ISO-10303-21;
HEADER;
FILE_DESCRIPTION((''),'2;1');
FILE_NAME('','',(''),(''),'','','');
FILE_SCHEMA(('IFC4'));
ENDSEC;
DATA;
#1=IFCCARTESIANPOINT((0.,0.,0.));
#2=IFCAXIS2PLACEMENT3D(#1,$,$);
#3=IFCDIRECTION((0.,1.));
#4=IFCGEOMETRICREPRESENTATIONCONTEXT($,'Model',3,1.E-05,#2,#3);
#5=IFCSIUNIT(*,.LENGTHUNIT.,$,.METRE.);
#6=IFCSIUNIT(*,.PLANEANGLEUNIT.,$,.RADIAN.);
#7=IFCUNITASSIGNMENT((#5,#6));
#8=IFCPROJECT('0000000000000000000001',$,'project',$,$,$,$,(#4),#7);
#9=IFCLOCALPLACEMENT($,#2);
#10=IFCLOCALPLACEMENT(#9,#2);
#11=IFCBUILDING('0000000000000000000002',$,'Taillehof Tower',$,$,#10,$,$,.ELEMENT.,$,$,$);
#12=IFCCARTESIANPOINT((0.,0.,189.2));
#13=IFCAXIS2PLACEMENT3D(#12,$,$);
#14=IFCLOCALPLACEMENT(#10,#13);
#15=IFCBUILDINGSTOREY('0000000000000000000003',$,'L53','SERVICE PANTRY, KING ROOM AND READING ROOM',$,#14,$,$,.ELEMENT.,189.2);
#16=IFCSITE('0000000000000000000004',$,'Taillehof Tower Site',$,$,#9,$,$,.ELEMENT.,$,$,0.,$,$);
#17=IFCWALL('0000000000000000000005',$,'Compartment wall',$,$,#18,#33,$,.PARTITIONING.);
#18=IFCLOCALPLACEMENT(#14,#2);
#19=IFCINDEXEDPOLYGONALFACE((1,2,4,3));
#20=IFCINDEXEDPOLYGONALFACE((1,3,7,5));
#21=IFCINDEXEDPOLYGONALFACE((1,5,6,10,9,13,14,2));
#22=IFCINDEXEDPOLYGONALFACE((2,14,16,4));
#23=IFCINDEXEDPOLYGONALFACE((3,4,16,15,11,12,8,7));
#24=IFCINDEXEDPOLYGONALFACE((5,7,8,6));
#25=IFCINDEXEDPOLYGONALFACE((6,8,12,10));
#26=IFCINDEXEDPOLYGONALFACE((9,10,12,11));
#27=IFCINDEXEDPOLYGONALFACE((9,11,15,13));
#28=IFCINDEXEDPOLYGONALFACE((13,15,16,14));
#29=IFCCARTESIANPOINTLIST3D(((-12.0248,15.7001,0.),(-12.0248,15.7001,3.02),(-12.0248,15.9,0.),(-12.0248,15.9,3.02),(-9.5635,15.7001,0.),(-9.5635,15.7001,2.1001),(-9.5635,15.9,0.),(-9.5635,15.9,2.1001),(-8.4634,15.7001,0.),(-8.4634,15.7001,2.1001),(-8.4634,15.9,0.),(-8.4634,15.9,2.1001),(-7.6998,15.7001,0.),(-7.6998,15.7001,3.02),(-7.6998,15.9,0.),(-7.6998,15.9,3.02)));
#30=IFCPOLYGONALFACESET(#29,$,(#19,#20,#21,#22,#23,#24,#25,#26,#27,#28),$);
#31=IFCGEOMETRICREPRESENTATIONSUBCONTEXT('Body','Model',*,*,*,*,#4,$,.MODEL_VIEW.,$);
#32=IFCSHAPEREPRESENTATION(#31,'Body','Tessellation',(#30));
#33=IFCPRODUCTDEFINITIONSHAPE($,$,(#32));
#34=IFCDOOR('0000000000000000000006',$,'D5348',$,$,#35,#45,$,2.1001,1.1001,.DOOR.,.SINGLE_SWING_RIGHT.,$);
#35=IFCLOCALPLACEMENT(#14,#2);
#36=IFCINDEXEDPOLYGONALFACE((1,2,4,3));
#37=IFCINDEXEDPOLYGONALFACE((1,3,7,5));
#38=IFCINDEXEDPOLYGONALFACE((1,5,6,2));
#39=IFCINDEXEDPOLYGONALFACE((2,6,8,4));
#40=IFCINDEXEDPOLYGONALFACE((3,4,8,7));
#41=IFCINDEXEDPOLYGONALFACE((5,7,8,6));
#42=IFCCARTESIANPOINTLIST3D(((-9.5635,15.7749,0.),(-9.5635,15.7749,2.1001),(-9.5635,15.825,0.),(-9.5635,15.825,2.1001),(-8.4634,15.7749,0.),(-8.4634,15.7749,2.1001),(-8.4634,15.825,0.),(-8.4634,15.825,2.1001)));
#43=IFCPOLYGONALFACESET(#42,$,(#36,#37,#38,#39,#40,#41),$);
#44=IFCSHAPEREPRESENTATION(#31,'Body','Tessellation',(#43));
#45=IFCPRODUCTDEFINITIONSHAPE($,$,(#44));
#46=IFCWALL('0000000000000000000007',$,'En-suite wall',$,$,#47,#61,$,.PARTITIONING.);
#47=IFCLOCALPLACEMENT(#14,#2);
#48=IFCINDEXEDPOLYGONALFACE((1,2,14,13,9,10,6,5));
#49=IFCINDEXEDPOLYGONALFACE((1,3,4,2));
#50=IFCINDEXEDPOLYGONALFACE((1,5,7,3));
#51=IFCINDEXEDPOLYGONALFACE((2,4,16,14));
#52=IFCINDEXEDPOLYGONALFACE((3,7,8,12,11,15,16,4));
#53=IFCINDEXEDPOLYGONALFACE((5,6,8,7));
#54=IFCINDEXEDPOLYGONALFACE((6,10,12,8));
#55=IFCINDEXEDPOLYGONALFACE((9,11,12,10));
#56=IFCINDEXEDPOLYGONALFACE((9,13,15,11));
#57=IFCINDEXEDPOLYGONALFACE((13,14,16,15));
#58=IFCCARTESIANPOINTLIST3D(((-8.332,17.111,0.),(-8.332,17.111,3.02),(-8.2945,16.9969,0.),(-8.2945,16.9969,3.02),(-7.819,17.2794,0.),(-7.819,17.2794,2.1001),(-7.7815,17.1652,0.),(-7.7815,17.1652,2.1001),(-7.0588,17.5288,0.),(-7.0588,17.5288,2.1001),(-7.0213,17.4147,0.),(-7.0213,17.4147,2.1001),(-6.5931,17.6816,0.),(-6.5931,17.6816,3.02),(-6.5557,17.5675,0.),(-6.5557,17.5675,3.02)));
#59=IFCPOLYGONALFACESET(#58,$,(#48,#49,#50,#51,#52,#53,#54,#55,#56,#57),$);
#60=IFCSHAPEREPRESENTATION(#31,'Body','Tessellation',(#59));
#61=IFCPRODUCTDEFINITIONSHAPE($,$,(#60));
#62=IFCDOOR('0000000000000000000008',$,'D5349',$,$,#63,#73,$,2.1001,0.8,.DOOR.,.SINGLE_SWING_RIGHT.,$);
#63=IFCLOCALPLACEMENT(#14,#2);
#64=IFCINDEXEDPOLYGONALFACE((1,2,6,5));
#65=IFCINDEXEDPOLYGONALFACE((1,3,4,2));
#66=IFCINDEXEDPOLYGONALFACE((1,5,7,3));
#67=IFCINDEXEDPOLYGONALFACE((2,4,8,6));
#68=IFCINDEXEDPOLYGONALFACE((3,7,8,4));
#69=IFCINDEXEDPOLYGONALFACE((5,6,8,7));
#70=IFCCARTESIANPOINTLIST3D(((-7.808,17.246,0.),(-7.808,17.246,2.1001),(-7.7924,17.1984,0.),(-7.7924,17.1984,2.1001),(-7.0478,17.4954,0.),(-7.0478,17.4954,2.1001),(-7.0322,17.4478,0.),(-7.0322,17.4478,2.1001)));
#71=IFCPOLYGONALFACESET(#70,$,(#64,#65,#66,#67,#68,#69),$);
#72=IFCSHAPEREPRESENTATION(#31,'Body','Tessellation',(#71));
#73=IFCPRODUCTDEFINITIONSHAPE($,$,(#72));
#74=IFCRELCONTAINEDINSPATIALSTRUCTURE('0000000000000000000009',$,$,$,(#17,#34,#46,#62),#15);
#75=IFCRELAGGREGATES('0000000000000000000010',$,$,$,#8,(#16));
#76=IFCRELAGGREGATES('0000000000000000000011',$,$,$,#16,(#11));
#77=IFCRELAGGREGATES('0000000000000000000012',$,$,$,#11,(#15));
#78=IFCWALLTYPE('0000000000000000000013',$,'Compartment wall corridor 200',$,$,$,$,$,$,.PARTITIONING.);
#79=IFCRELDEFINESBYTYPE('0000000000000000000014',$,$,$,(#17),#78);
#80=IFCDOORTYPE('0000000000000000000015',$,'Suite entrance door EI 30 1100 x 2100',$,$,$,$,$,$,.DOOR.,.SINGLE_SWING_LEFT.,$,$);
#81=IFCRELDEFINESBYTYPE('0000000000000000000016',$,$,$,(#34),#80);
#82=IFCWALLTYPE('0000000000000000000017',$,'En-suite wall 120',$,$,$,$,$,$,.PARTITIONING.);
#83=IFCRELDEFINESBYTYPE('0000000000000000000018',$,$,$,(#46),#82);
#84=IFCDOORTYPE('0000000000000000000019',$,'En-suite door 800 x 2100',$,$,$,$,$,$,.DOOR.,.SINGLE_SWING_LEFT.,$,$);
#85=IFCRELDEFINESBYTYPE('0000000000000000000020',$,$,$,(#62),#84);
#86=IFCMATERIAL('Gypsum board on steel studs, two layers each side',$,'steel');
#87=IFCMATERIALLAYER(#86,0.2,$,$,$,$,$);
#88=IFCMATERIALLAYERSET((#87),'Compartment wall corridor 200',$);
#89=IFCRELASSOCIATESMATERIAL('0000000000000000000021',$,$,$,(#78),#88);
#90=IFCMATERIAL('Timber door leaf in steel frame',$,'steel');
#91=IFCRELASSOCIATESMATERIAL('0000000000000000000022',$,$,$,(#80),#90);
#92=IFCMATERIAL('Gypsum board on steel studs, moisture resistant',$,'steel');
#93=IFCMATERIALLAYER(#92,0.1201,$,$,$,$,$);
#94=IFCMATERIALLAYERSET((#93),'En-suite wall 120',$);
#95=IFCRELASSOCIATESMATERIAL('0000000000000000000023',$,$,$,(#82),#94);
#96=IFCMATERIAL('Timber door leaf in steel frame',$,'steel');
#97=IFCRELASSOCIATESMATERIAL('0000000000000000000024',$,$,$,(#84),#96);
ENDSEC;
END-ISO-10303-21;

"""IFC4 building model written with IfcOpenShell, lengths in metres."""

from ifc_helpers import new_model, si_unit, direction, frame, frame_2d, origin, place, context, subcontext, project, spatial, rectangle, extrude, material, layer, layer_set, type_object, element, fill, save


model = new_model("IFC4")

# Units and contexts
model_context = context("Model", 3, precision=1e-05, world=origin(), true_north=direction((0.0, 1.0)))
body_context = subcontext(model_context, "Body", "Model", "MODEL_VIEW")
ifc_project = project(units=[si_unit("LENGTHUNIT", "METRE"), si_unit("PLANEANGLEUNIT", "RADIAN")], contexts=[model_context])

# Site, building, storey
site_placement = place(None, origin())
site = spatial("IfcSite", under=ifc_project, at=site_placement, Name="Taillehof Tower Site", CompositionType="ELEMENT", RefElevation=0.0)
building_placement = place(site_placement, origin())
building = spatial("IfcBuilding", under=site, at=building_placement, Name="Taillehof Tower", CompositionType="ELEMENT")
storey_placement = place(building_placement, frame((0.0, 0.0, 189.2)))
storey = spatial("IfcBuildingStorey", under=building, at=storey_placement, Name="L53", Description="SERVICE PANTRY, KING ROOM AND READING ROOM", CompositionType="ELEMENT", Elevation=189.2)

# Shared definitions
ifc_material_1 = material(Name="Gypsum board on steel studs, two layers each side", Category="steel")
ifc_layer_1 = layer(ifc_material_1, 0.2)
ifc_layer_set_1 = layer_set([ifc_layer_1], Name="Compartment wall corridor 200")
wall_type_1 = type_object("IfcWallType", Name="Compartment wall corridor 200", PredefinedType="PARTITIONING", material=ifc_layer_set_1)

# Walls, openings, doors
wall_1_placement = place(storey_placement, frame((-12.0249, 15.8, 0.0), z_axis=(0.0, 0.0, 1.0), x_axis=(1.0, 0.0, 0.0)))
wall_1 = element("IfcWall", 1, at=wall_1_placement, inside=storey, type_object=wall_type_1, Name="Compartment wall", PredefinedType="PARTITIONING", context=body_context, shape_type="SweptSolid", body=[
    extrude(rectangle(XDim=4.325, YDim=0.2, at=frame_2d((2.1626, 0.0))), origin(), (0.0, 0.0, 1.0), 3.02),
])
opening_1_placement = place(wall_1_placement, frame((2.4614, 0.0, 0.0)))
opening_1 = element("IfcOpeningElement", 2, at=opening_1_placement, cuts=wall_1, PredefinedType="OPENING", context=body_context, shape_type="SweptSolid", body=[
    extrude(rectangle(XDim=1.1001, YDim=2.1001, at=frame_2d((0.55, 1.05))), frame((0.0, 0.1099, 0.0), z_axis=(0.0, -1.0, 0.0), x_axis=(1.0, 0.0, 0.0)), (0.0, 0.0, 1.0), 0.22),
])
ifc_material_2 = material(Name="Timber door leaf in steel frame", Category="steel")
door_type_1 = type_object("IfcDoorType", Name="Suite entrance door EI 30 1100 x 2100", OperationType="SINGLE_SWING_LEFT", PredefinedType="DOOR", material=ifc_material_2)
door_1_placement = place(opening_1_placement, origin())
door_1 = element("IfcDoor", 3, at=door_1_placement, inside=storey, type_object=door_type_1, Name="D5348", OperationType="SINGLE_SWING_RIGHT", OverallHeight=2.1001, OverallWidth=1.1001, PredefinedType="DOOR", context=body_context, shape_type="SweptSolid", body=[
    extrude(rectangle(XDim=1.1001, YDim=2.1001, at=frame_2d((0.55, 1.05))), frame((0.0, 0.0249, 0.0), z_axis=(0.0, -1.0, 0.0), x_axis=(1.0, 0.0, 0.0)), (0.0, 0.0, 1.0), 0.05),
])
fill(opening_1, door_1)
ifc_material_3 = material(Name="Gypsum board on steel studs, moisture resistant", Category="steel")
ifc_layer_2 = layer(ifc_material_3, 0.1201)
ifc_layer_set_2 = layer_set([ifc_layer_2], Name="En-suite wall 120")
wall_type_2 = type_object("IfcWallType", Name="En-suite wall 120", PredefinedType="PARTITIONING", material=ifc_layer_set_2)
wall_2_placement = place(storey_placement, frame((-8.3132, 17.054, 0.0), z_axis=(0.0, 0.0, 1.0), x_axis=(0.950154, 0.311782, 0.0)))
wall_2 = element("IfcWall", 4, at=wall_2_placement, inside=storey, type_object=wall_type_2, Name="En-suite wall", PredefinedType="PARTITIONING", context=body_context, shape_type="SweptSolid", body=[
    extrude(rectangle(XDim=1.8301, YDim=0.1201, at=frame_2d((0.915, 0.0))), origin(), (0.0, 0.0, 1.0), 3.02),
])
opening_2_placement = place(wall_2_placement, frame((0.54, 0.0, 0.0)))
opening_2 = element("IfcOpeningElement", 5, at=opening_2_placement, cuts=wall_2, PredefinedType="OPENING", context=body_context, shape_type="SweptSolid", body=[
    extrude(rectangle(XDim=0.8, YDim=2.1001, at=frame_2d((0.3999, 1.05))), frame((0.0, 0.0701, 0.0), z_axis=(0.0, -1.0, 0.0), x_axis=(1.0, 0.0, 0.0)), (0.0, 0.0, 1.0), 0.1401),
])
ifc_material_4 = material(Name="Timber door leaf in steel frame", Category="steel")
door_type_2 = type_object("IfcDoorType", Name="En-suite door 800 x 2100", OperationType="SINGLE_SWING_LEFT", PredefinedType="DOOR", material=ifc_material_4)
door_2_placement = place(opening_2_placement, origin())
door_2 = element("IfcDoor", 6, at=door_2_placement, inside=storey, type_object=door_type_2, Name="D5349", OperationType="SINGLE_SWING_RIGHT", OverallHeight=2.1001, OverallWidth=0.8, PredefinedType="DOOR", context=body_context, shape_type="SweptSolid", body=[
    extrude(rectangle(XDim=0.8, YDim=2.1001, at=frame_2d((0.3999, 1.05))), frame((0.0, 0.0249, 0.0), z_axis=(0.0, -1.0, 0.0), x_axis=(1.0, 0.0, 0.0)), (0.0, 0.0, 1.0), 0.05),
])
fill(opening_2, door_2)

save(model, "model.ifc")
